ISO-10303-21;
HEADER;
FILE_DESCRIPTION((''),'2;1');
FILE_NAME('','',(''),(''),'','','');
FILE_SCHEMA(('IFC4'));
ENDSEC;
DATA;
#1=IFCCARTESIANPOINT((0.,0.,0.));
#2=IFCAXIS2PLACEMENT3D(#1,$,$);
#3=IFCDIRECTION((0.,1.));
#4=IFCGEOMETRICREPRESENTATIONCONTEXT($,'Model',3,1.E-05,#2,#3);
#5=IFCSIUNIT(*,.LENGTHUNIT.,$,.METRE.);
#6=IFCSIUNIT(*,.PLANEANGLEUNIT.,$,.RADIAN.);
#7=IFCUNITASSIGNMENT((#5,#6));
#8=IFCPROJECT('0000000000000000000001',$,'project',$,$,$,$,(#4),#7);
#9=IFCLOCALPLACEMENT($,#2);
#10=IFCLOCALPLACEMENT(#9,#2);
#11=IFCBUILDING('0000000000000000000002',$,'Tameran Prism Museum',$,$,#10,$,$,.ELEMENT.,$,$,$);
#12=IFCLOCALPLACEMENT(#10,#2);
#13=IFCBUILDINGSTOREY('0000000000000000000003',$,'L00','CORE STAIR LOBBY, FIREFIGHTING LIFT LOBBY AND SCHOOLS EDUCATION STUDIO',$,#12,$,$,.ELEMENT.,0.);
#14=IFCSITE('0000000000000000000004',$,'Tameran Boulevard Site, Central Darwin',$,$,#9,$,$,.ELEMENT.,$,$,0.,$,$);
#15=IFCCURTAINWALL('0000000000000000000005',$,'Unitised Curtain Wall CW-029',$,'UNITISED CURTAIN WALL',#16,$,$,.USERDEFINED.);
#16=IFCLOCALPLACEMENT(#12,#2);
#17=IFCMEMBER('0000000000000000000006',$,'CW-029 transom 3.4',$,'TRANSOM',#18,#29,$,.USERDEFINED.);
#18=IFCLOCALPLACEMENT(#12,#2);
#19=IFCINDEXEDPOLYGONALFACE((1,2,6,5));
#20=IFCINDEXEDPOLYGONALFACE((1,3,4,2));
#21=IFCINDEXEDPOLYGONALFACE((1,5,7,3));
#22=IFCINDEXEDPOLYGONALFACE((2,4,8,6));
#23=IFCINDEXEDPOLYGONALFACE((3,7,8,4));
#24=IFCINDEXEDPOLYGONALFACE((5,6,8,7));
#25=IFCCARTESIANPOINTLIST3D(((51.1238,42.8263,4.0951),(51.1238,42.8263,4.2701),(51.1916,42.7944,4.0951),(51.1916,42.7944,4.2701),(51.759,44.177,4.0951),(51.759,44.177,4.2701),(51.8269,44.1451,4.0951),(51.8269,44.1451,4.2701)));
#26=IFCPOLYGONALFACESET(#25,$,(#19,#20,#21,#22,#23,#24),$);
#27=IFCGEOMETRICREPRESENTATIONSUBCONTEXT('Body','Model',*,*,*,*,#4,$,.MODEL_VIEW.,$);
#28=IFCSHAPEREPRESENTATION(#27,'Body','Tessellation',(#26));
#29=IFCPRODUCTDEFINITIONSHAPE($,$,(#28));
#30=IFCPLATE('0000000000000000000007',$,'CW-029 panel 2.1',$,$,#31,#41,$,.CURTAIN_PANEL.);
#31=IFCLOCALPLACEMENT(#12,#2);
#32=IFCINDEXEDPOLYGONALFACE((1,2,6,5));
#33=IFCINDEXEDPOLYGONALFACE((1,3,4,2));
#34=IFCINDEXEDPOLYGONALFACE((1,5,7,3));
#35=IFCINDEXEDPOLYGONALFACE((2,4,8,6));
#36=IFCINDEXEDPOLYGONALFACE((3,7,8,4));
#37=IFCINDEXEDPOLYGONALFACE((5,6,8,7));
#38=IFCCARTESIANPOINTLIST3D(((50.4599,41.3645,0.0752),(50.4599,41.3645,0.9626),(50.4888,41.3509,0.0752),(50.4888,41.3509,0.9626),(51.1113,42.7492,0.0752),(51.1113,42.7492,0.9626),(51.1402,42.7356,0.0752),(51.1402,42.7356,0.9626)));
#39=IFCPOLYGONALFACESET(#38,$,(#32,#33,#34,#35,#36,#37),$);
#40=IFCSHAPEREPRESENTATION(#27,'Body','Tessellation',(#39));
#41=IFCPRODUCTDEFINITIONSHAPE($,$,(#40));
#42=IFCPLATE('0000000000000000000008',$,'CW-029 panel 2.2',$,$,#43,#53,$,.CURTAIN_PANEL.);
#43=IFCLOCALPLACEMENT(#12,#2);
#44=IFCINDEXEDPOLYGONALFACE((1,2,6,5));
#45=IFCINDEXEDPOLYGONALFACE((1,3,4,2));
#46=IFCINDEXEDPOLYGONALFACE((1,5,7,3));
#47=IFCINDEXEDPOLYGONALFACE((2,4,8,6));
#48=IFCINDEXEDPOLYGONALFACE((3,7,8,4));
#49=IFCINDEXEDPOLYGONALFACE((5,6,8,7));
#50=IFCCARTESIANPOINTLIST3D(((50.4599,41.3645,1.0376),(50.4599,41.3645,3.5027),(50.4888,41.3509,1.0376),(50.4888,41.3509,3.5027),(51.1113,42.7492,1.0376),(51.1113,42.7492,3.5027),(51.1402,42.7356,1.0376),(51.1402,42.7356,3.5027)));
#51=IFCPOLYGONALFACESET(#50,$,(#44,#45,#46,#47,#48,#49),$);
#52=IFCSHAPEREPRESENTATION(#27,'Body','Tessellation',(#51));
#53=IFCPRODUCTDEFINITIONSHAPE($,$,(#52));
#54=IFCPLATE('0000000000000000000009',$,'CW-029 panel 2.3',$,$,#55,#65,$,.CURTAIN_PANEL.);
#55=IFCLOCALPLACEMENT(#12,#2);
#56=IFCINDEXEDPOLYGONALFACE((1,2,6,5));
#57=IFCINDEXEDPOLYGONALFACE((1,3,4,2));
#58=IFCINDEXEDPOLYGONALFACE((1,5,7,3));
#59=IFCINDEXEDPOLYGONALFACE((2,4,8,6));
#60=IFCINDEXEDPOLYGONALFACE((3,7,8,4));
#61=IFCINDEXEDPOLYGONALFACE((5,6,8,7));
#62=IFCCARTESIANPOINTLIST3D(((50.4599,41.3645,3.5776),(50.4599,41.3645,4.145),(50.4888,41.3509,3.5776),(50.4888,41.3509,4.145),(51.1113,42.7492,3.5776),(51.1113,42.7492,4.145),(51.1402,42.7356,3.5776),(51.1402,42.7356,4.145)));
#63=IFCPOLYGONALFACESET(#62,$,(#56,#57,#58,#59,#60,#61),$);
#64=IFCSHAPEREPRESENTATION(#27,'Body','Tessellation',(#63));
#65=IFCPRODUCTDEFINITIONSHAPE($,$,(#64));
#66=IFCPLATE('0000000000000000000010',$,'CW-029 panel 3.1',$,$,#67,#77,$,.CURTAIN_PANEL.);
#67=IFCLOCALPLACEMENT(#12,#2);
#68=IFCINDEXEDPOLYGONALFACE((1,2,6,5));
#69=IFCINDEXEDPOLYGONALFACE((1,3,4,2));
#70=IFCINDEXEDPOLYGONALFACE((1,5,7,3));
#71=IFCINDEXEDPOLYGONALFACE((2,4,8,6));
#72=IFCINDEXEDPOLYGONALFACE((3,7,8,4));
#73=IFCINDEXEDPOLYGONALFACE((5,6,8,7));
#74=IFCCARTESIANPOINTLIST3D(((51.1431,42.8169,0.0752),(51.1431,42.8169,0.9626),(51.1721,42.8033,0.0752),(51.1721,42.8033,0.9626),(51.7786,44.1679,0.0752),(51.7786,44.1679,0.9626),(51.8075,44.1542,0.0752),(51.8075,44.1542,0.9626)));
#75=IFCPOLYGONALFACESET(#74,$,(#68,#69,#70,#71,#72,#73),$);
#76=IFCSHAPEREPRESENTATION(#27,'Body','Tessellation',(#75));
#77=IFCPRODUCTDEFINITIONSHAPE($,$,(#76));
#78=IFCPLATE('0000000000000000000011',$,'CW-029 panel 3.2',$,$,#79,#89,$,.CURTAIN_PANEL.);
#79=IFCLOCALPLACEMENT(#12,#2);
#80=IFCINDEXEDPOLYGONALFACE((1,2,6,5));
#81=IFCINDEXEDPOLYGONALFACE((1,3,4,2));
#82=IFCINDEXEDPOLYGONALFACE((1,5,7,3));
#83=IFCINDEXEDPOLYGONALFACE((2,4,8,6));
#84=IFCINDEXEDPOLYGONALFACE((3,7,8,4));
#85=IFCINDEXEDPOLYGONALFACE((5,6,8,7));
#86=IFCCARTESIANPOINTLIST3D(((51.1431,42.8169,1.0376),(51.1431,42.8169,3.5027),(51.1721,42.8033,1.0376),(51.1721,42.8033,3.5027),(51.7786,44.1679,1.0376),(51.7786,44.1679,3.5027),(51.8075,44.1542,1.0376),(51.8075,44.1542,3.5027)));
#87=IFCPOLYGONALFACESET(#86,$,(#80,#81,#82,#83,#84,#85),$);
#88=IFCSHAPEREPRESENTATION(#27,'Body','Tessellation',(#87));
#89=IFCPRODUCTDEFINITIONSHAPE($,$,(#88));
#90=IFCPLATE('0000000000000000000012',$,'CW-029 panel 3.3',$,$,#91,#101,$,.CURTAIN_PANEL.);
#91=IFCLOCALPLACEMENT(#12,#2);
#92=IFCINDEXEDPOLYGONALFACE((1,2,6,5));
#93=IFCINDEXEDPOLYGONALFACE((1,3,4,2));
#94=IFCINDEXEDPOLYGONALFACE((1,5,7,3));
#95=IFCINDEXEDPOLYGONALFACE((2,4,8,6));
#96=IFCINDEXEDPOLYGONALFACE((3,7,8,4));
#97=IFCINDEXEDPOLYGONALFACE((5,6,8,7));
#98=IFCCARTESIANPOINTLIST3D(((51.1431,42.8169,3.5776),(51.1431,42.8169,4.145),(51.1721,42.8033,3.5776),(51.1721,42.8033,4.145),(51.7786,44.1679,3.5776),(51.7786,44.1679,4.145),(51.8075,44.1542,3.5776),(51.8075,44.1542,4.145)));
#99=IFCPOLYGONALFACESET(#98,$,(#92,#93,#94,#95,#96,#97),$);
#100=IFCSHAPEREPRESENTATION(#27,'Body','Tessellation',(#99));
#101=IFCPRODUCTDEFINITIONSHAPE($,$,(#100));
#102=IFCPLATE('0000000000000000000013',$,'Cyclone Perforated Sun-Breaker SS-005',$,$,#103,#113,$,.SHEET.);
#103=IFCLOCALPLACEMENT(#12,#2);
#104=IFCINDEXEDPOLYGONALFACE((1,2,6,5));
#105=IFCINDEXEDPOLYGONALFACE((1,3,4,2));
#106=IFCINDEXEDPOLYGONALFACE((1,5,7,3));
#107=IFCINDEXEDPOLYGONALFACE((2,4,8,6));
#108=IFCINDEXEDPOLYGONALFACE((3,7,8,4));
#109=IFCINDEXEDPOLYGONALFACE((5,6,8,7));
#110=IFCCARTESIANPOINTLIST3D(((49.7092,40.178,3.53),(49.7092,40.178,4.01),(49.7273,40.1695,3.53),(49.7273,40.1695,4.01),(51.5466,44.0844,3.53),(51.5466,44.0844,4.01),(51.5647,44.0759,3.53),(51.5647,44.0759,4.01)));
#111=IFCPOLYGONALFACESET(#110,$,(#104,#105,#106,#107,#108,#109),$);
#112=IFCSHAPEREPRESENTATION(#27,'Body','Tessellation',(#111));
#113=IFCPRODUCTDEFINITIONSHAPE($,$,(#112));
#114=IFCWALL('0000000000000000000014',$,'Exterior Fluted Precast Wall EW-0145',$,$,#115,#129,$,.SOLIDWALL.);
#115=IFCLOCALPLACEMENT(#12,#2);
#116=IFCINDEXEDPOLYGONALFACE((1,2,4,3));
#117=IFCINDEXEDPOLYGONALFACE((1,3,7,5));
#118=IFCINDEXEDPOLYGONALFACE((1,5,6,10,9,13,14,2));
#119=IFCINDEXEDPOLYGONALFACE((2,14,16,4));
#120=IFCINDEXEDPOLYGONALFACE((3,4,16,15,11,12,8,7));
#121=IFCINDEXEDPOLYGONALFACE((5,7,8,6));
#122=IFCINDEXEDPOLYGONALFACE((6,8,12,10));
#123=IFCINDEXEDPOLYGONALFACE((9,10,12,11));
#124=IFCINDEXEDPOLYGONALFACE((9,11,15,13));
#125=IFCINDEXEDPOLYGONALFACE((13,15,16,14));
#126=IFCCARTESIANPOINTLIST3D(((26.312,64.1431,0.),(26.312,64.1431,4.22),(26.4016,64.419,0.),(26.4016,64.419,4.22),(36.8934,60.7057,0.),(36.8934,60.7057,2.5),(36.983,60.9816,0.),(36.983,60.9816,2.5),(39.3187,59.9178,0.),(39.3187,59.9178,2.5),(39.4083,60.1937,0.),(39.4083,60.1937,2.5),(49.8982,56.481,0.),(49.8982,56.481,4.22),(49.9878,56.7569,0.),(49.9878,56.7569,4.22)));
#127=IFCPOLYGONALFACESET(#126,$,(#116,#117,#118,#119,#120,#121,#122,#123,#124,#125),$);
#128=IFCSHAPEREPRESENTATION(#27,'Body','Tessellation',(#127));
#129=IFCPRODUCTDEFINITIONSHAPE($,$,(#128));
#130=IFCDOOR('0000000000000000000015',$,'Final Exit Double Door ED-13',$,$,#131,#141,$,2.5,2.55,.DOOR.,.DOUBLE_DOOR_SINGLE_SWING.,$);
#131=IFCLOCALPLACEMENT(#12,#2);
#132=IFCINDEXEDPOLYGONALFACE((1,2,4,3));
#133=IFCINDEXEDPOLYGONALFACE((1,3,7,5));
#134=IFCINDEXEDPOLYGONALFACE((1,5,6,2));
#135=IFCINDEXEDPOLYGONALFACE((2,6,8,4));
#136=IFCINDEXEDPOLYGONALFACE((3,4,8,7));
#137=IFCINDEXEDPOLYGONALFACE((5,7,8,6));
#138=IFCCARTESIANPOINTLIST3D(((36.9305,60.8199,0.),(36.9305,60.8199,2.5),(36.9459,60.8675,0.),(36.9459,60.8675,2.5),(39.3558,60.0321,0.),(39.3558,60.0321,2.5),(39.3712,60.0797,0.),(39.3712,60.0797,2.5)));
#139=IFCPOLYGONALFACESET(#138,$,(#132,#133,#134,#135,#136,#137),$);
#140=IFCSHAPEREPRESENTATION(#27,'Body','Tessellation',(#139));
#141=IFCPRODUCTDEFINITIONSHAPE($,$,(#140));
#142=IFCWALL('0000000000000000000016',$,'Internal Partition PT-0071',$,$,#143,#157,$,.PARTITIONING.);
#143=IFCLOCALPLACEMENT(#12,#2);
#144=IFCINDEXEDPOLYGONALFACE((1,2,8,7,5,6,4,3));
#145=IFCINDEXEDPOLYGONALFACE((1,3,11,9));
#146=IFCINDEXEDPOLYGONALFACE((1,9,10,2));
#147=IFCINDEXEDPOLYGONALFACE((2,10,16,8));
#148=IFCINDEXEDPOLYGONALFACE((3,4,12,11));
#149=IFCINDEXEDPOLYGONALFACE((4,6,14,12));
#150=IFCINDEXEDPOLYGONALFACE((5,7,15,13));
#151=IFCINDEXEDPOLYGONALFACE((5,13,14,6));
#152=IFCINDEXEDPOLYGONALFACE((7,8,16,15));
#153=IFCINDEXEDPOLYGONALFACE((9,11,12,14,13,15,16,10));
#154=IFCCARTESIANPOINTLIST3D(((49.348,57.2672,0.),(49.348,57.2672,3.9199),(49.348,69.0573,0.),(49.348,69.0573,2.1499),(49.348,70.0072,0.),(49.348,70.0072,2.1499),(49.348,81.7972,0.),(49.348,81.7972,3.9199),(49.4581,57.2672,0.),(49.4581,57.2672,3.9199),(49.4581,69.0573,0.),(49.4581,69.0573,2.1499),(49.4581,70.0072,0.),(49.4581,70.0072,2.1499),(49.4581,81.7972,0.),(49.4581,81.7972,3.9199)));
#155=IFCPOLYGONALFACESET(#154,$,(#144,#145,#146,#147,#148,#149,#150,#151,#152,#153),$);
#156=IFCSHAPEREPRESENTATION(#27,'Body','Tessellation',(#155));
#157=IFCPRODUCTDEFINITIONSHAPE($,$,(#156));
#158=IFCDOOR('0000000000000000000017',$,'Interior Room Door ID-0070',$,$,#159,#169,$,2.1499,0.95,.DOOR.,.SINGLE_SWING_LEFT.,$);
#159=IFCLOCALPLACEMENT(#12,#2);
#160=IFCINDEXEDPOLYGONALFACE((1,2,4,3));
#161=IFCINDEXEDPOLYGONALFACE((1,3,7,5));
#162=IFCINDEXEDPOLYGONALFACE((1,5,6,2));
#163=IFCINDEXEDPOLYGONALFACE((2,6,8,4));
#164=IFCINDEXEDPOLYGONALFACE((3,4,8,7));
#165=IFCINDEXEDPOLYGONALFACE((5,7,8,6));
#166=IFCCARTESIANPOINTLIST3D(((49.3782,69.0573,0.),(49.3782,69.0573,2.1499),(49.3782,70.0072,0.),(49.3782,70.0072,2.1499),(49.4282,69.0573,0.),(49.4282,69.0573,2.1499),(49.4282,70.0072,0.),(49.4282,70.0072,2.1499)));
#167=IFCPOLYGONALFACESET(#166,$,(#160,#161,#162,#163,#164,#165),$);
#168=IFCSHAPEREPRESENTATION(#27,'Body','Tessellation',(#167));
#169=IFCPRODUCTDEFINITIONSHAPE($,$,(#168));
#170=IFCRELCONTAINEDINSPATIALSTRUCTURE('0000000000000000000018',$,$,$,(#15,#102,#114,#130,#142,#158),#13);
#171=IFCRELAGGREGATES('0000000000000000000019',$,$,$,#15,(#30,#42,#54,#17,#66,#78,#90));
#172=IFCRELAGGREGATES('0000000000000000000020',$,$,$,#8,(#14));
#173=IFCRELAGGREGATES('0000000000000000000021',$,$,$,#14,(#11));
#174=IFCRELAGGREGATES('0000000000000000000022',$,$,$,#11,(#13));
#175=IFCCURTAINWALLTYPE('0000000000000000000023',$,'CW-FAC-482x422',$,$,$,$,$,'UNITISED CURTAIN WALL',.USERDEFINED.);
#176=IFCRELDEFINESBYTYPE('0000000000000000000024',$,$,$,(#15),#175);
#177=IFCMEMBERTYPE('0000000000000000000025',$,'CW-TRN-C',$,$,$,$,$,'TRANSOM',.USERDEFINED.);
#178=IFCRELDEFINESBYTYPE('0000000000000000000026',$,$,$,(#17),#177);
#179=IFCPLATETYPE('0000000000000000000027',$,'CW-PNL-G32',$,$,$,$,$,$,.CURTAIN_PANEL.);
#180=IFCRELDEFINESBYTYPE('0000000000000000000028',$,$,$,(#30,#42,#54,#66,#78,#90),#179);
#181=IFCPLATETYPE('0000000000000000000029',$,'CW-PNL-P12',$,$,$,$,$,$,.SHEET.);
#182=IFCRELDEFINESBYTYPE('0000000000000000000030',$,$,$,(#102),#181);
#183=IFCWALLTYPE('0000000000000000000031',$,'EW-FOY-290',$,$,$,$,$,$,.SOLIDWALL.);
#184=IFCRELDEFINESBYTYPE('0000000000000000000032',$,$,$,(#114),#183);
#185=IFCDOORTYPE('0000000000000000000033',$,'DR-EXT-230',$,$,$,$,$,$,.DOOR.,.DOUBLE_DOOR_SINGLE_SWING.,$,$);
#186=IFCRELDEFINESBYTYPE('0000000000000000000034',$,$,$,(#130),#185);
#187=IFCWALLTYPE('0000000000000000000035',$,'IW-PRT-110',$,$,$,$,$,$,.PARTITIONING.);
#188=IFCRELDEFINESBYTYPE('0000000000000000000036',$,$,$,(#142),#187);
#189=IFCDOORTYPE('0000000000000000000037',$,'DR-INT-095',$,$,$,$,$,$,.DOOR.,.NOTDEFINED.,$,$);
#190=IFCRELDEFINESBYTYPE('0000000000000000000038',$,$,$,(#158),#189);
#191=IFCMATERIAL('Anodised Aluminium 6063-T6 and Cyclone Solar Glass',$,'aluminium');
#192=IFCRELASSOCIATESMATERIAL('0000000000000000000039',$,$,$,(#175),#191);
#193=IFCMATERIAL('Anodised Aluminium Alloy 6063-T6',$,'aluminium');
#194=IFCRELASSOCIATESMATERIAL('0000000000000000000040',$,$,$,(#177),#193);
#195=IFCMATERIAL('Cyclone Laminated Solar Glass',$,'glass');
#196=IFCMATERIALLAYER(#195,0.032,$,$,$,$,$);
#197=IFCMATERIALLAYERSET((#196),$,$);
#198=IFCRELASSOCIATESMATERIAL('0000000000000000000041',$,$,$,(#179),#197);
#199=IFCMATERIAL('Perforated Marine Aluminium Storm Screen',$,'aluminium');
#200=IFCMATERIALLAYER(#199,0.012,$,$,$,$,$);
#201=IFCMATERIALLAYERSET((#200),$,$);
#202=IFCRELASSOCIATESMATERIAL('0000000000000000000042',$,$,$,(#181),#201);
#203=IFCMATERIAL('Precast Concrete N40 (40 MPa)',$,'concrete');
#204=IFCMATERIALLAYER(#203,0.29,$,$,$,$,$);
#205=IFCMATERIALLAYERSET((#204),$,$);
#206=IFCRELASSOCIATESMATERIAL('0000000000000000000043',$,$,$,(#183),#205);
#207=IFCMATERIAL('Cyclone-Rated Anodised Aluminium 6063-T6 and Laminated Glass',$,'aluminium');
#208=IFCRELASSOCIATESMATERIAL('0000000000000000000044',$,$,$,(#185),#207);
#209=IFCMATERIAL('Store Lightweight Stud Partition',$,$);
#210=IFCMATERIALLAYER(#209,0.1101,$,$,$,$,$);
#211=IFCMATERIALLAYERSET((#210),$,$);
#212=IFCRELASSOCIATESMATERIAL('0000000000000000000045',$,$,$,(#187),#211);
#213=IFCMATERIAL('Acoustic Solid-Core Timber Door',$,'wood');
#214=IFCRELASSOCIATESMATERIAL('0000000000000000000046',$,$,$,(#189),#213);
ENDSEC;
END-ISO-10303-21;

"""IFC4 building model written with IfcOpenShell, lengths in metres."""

from ifc_helpers import new_model, si_unit, direction, frame, frame_2d, origin, origin_2d, place, context, subcontext, project, spatial, rectangle, extrude, material, layer, layer_set, material_profile, profile_set, type_object, element, fill, aggregate, save


model = new_model("IFC4")

# Units and contexts
model_context = context("Model", 3, precision=1e-05, world=origin(), true_north=direction((0.0, 1.0)))
body_context = subcontext(model_context, "Body", "Model", "MODEL_VIEW")
ifc_project = project(units=[si_unit("LENGTHUNIT", "METRE"), si_unit("PLANEANGLEUNIT", "RADIAN")], contexts=[model_context])

# Site, building, storey
site_placement = place(None, origin())
site = spatial("IfcSite", under=ifc_project, at=site_placement, Name="Tameran Boulevard Site, Central Darwin", CompositionType="ELEMENT", RefElevation=0.0)
building_placement = place(site_placement, origin())
building = spatial("IfcBuilding", under=site, at=building_placement, Name="Tameran Prism Museum", CompositionType="ELEMENT")
storey_placement = place(building_placement, origin())
storey = spatial("IfcBuildingStorey", under=building, at=storey_placement, Name="L00", Description="CORE STAIR LOBBY, FIREFIGHTING LIFT LOBBY AND SCHOOLS EDUCATION STUDIO", CompositionType="ELEMENT", Elevation=0.0)

# Curtain wall, member, plates
ifc_material_1 = material(Name="Anodised Aluminium 6063-T6 and Cyclone Solar Glass", Category="aluminium")
curtain_wall_type = type_object("IfcCurtainWallType", Name="CW-FAC-482x422", ElementType="UNITISED CURTAIN WALL", PredefinedType="USERDEFINED", material=ifc_material_1)
curtain_wall_placement = place(storey_placement, origin())
curtain_wall = element("IfcCurtainWall", 1, at=curtain_wall_placement, inside=storey, type_object=curtain_wall_type, Name="Unitised Curtain Wall CW-029", ObjectType="UNITISED CURTAIN WALL", PredefinedType="USERDEFINED")
ifc_material_2 = material(Name="Anodised Aluminium Alloy 6063-T6", Category="aluminium")
ifc_material_profile_1 = material_profile(ifc_material_2, rectangle(XDim=0.075, YDim=0.175, at=origin_2d()))
ifc_profile_set_1 = profile_set([ifc_material_profile_1])
member_type_1 = type_object("IfcMemberType", Name="CW-TRN-C", ElementType="TRANSOM", PredefinedType="USERDEFINED", material=ifc_profile_set_1)
member_1_placement = place(storey_placement, frame((51.1577, 42.8103, 4.1826), z_axis=(0.425561, 0.90493, 0.0), x_axis=(-0.90493, 0.425561, 0.0)))
member_1 = element("IfcMember", 2, at=member_1_placement, type_object=member_type_1, Name="CW-029 transom 3.4", ObjectType="TRANSOM", PredefinedType="USERDEFINED", context=body_context, shape_type="SweptSolid", body=[
    extrude(rectangle(XDim=0.075, YDim=0.175, at=origin_2d()), origin(), (0.0, 0.0, 1.0), 1.4927),
])
ifc_material_3 = material(Name="Cyclone Laminated Solar Glass", Category="glass")
ifc_layer_1 = layer(ifc_material_3, 0.032)
ifc_layer_set_1 = layer_set([ifc_layer_1])
plate_type_1 = type_object("IfcPlateType", Name="CW-PNL-G32", PredefinedType="CURTAIN_PANEL", material=ifc_layer_set_1)
plate_1_placement = place(storey_placement, frame((50.8, 42.05, 0.0752), z_axis=(0.0, 0.0, 1.0), x_axis=(0.425657, 0.904885, 0.0)))
plate_1 = element("IfcPlate", 3, at=plate_1_placement, type_object=plate_type_1, Name="CW-029 panel 2.1", PredefinedType="CURTAIN_PANEL", context=body_context, shape_type="SweptSolid", body=[
    extrude(rectangle(XDim=1.5303, YDim=0.032, at=origin_2d()), origin(), (0.0, 0.0, 1.0), 0.8875),
])
plate_2_placement = place(storey_placement, frame((50.8, 42.05, 1.0376), z_axis=(0.0, 0.0, 1.0), x_axis=(0.425657, 0.904885, 0.0)))
plate_2 = element("IfcPlate", 4, at=plate_2_placement, type_object=plate_type_1, Name="CW-029 panel 2.2", PredefinedType="CURTAIN_PANEL", context=body_context, shape_type="SweptSolid", body=[
    extrude(rectangle(XDim=1.5303, YDim=0.032, at=origin_2d()), origin(), (0.0, 0.0, 1.0), 2.4651),
])
plate_3_placement = place(storey_placement, frame((50.8, 42.05, 3.5776), z_axis=(0.0, 0.0, 1.0), x_axis=(0.425657, 0.904885, 0.0)))
plate_3 = element("IfcPlate", 5, at=plate_3_placement, type_object=plate_type_1, Name="CW-029 panel 2.3", PredefinedType="CURTAIN_PANEL", context=body_context, shape_type="SweptSolid", body=[
    extrude(rectangle(XDim=1.5303, YDim=0.032, at=origin_2d()), origin(), (0.0, 0.0, 1.0), 0.5674),
])
plate_4_placement = place(storey_placement, frame((51.4753, 43.4856, 0.0752), z_axis=(0.0, 0.0, 1.0), x_axis=(0.425657, 0.904885, 0.0)))
plate_4 = element("IfcPlate", 6, at=plate_4_placement, type_object=plate_type_1, Name="CW-029 panel 3.1", PredefinedType="CURTAIN_PANEL", context=body_context, shape_type="SweptSolid", body=[
    extrude(rectangle(XDim=1.4929, YDim=0.032, at=origin_2d()), origin(), (0.0, 0.0, 1.0), 0.8875),
])
plate_5_placement = place(storey_placement, frame((51.4753, 43.4856, 1.0376), z_axis=(0.0, 0.0, 1.0), x_axis=(0.425657, 0.904885, 0.0)))
plate_5 = element("IfcPlate", 7, at=plate_5_placement, type_object=plate_type_1, Name="CW-029 panel 3.2", PredefinedType="CURTAIN_PANEL", context=body_context, shape_type="SweptSolid", body=[
    extrude(rectangle(XDim=1.4929, YDim=0.032, at=origin_2d()), origin(), (0.0, 0.0, 1.0), 2.4651),
])
plate_6_placement = place(storey_placement, frame((51.4753, 43.4856, 3.5776), z_axis=(0.0, 0.0, 1.0), x_axis=(0.425657, 0.904885, 0.0)))
plate_6 = element("IfcPlate", 8, at=plate_6_placement, type_object=plate_type_1, Name="CW-029 panel 3.3", PredefinedType="CURTAIN_PANEL", context=body_context, shape_type="SweptSolid", body=[
    extrude(rectangle(XDim=1.4929, YDim=0.032, at=origin_2d()), origin(), (0.0, 0.0, 1.0), 0.5674),
])
aggregate(curtain_wall, [plate_1, plate_2, plate_3, member_1, plate_4, plate_5, plate_6])

# Plate
ifc_material_4 = material(Name="Perforated Marine Aluminium Storm Screen", Category="aluminium")
ifc_layer_2 = layer(ifc_material_4, 0.012)
ifc_layer_set_2 = layer_set([ifc_layer_2])
plate_type_2 = type_object("IfcPlateType", Name="CW-PNL-P12", PredefinedType="SHEET", material=ifc_layer_set_2)
plate_7_placement = place(storey_placement, frame((50.637, 42.127, 3.53), z_axis=(0.0, 0.0, 1.0), x_axis=(0.425621, 0.904901, 0.0)))
element("IfcPlate", 9, at=plate_7_placement, inside=storey, type_object=plate_type_2, Name="Cyclone Perforated Sun-Breaker SS-005", PredefinedType="SHEET", context=body_context, shape_type="SweptSolid", body=[
    extrude(rectangle(XDim=4.3169, YDim=0.02, at=origin_2d()), origin(), (0.0, 0.0, 1.0), 0.48),
])

# Walls, openings, doors
ifc_material_5 = material(Name="Precast Concrete N40 (40 MPa)", Category="concrete")
ifc_layer_3 = layer(ifc_material_5, 0.29)
ifc_layer_set_3 = layer_set([ifc_layer_3])
wall_type_1 = type_object("IfcWallType", Name="EW-FOY-290", PredefinedType="SOLIDWALL", material=ifc_layer_set_3)
wall_1_placement = place(storey_placement, frame((49.9431, 56.6189, 0.0), z_axis=(0.0, 0.0, 1.0), x_axis=(-0.951074, 0.308962, 0.0)))
wall_1 = element("IfcWall", 10, at=wall_1_placement, inside=storey, type_object=wall_type_1, Name="Exterior Fluted Precast Wall EW-0145", PredefinedType="SOLIDWALL", context=body_context, shape_type="SweptSolid", body=[
    extrude(rectangle(XDim=24.7996, YDim=0.29, at=frame_2d((12.3999, 0.0))), origin(), (0.0, 0.0, 1.0), 4.22),
])
opening_1_placement = place(wall_1_placement, frame((11.124, 0.0, 0.0)))
opening_1 = element("IfcOpeningElement", 11, at=opening_1_placement, cuts=wall_1, PredefinedType="OPENING", context=body_context, shape_type="SweptSolid", body=[
    extrude(rectangle(XDim=2.55, YDim=2.5, at=frame_2d((1.2749, 1.25))), frame((0.0, 0.155, 0.0), z_axis=(0.0, -1.0, 0.0), x_axis=(1.0, 0.0, 0.0)), (0.0, 0.0, 1.0), 0.3101),
])
ifc_material_6 = material(Name="Cyclone-Rated Anodised Aluminium 6063-T6 and Laminated Glass", Category="aluminium")
door_type_1 = type_object("IfcDoorType", Name="DR-EXT-230", OperationType="DOUBLE_DOOR_SINGLE_SWING", PredefinedType="DOOR", material=ifc_material_6)
door_1_placement = place(opening_1_placement, origin())
door_1 = element("IfcDoor", 12, at=door_1_placement, inside=storey, type_object=door_type_1, Name="Final Exit Double Door ED-13", OperationType="DOUBLE_DOOR_SINGLE_SWING", OverallHeight=2.5, OverallWidth=2.55, PredefinedType="DOOR", context=body_context, shape_type="SweptSolid", body=[
    extrude(rectangle(XDim=2.55, YDim=2.5, at=frame_2d((1.2749, 1.25))), frame((0.0, 0.0249, 0.0), z_axis=(0.0, -1.0, 0.0), x_axis=(1.0, 0.0, 0.0)), (0.0, 0.0, 1.0), 0.05),
])
fill(opening_1, door_1)
ifc_material_7 = material(Name="Store Lightweight Stud Partition")
ifc_layer_4 = layer(ifc_material_7, 0.1101)
ifc_layer_set_4 = layer_set([ifc_layer_4])
wall_type_2 = type_object("IfcWallType", Name="IW-PRT-110", PredefinedType="PARTITIONING", material=ifc_layer_set_4)
wall_2_placement = place(storey_placement, frame((49.4031, 57.2671, 0.0), z_axis=(0.0, 0.0, 1.0), x_axis=(0.0, 1.0, 0.0)))
wall_2 = element("IfcWall", 13, at=wall_2_placement, inside=storey, type_object=wall_type_2, Name="Internal Partition PT-0071", PredefinedType="PARTITIONING", context=body_context, shape_type="SweptSolid", body=[
    extrude(rectangle(XDim=24.53, YDim=0.1101, at=frame_2d((12.2651, 0.0))), origin(), (0.0, 0.0, 1.0), 3.9199),
])
opening_2_placement = place(wall_2_placement, frame((11.79, 0.0, 0.0)))
opening_2 = element("IfcOpeningElement", 14, at=opening_2_placement, cuts=wall_2, PredefinedType="OPENING", context=body_context, shape_type="SweptSolid", body=[
    extrude(rectangle(XDim=0.95, YDim=2.1499, at=frame_2d((0.4751, 1.075))), frame((0.0, 0.0649, 0.0), z_axis=(0.0, -1.0, 0.0), x_axis=(1.0, 0.0, 0.0)), (0.0, 0.0, 1.0), 0.1301),
])
ifc_material_8 = material(Name="Acoustic Solid-Core Timber Door", Category="wood")
door_type_2 = type_object("IfcDoorType", Name="DR-INT-095", OperationType="NOTDEFINED", PredefinedType="DOOR", material=ifc_material_8)
door_2_placement = place(opening_2_placement, origin())
door_2 = element("IfcDoor", 15, at=door_2_placement, inside=storey, type_object=door_type_2, Name="Interior Room Door ID-0070", OperationType="SINGLE_SWING_LEFT", OverallHeight=2.1499, OverallWidth=0.95, PredefinedType="DOOR", context=body_context, shape_type="SweptSolid", body=[
    extrude(rectangle(XDim=0.95, YDim=2.1499, at=frame_2d((0.4751, 1.075))), frame((0.0, 0.0249, 0.0), z_axis=(0.0, -1.0, 0.0), x_axis=(1.0, 0.0, 0.0)), (0.0, 0.0, 1.0), 0.05),
])
fill(opening_2, door_2)

save(model, "model.ifc")
